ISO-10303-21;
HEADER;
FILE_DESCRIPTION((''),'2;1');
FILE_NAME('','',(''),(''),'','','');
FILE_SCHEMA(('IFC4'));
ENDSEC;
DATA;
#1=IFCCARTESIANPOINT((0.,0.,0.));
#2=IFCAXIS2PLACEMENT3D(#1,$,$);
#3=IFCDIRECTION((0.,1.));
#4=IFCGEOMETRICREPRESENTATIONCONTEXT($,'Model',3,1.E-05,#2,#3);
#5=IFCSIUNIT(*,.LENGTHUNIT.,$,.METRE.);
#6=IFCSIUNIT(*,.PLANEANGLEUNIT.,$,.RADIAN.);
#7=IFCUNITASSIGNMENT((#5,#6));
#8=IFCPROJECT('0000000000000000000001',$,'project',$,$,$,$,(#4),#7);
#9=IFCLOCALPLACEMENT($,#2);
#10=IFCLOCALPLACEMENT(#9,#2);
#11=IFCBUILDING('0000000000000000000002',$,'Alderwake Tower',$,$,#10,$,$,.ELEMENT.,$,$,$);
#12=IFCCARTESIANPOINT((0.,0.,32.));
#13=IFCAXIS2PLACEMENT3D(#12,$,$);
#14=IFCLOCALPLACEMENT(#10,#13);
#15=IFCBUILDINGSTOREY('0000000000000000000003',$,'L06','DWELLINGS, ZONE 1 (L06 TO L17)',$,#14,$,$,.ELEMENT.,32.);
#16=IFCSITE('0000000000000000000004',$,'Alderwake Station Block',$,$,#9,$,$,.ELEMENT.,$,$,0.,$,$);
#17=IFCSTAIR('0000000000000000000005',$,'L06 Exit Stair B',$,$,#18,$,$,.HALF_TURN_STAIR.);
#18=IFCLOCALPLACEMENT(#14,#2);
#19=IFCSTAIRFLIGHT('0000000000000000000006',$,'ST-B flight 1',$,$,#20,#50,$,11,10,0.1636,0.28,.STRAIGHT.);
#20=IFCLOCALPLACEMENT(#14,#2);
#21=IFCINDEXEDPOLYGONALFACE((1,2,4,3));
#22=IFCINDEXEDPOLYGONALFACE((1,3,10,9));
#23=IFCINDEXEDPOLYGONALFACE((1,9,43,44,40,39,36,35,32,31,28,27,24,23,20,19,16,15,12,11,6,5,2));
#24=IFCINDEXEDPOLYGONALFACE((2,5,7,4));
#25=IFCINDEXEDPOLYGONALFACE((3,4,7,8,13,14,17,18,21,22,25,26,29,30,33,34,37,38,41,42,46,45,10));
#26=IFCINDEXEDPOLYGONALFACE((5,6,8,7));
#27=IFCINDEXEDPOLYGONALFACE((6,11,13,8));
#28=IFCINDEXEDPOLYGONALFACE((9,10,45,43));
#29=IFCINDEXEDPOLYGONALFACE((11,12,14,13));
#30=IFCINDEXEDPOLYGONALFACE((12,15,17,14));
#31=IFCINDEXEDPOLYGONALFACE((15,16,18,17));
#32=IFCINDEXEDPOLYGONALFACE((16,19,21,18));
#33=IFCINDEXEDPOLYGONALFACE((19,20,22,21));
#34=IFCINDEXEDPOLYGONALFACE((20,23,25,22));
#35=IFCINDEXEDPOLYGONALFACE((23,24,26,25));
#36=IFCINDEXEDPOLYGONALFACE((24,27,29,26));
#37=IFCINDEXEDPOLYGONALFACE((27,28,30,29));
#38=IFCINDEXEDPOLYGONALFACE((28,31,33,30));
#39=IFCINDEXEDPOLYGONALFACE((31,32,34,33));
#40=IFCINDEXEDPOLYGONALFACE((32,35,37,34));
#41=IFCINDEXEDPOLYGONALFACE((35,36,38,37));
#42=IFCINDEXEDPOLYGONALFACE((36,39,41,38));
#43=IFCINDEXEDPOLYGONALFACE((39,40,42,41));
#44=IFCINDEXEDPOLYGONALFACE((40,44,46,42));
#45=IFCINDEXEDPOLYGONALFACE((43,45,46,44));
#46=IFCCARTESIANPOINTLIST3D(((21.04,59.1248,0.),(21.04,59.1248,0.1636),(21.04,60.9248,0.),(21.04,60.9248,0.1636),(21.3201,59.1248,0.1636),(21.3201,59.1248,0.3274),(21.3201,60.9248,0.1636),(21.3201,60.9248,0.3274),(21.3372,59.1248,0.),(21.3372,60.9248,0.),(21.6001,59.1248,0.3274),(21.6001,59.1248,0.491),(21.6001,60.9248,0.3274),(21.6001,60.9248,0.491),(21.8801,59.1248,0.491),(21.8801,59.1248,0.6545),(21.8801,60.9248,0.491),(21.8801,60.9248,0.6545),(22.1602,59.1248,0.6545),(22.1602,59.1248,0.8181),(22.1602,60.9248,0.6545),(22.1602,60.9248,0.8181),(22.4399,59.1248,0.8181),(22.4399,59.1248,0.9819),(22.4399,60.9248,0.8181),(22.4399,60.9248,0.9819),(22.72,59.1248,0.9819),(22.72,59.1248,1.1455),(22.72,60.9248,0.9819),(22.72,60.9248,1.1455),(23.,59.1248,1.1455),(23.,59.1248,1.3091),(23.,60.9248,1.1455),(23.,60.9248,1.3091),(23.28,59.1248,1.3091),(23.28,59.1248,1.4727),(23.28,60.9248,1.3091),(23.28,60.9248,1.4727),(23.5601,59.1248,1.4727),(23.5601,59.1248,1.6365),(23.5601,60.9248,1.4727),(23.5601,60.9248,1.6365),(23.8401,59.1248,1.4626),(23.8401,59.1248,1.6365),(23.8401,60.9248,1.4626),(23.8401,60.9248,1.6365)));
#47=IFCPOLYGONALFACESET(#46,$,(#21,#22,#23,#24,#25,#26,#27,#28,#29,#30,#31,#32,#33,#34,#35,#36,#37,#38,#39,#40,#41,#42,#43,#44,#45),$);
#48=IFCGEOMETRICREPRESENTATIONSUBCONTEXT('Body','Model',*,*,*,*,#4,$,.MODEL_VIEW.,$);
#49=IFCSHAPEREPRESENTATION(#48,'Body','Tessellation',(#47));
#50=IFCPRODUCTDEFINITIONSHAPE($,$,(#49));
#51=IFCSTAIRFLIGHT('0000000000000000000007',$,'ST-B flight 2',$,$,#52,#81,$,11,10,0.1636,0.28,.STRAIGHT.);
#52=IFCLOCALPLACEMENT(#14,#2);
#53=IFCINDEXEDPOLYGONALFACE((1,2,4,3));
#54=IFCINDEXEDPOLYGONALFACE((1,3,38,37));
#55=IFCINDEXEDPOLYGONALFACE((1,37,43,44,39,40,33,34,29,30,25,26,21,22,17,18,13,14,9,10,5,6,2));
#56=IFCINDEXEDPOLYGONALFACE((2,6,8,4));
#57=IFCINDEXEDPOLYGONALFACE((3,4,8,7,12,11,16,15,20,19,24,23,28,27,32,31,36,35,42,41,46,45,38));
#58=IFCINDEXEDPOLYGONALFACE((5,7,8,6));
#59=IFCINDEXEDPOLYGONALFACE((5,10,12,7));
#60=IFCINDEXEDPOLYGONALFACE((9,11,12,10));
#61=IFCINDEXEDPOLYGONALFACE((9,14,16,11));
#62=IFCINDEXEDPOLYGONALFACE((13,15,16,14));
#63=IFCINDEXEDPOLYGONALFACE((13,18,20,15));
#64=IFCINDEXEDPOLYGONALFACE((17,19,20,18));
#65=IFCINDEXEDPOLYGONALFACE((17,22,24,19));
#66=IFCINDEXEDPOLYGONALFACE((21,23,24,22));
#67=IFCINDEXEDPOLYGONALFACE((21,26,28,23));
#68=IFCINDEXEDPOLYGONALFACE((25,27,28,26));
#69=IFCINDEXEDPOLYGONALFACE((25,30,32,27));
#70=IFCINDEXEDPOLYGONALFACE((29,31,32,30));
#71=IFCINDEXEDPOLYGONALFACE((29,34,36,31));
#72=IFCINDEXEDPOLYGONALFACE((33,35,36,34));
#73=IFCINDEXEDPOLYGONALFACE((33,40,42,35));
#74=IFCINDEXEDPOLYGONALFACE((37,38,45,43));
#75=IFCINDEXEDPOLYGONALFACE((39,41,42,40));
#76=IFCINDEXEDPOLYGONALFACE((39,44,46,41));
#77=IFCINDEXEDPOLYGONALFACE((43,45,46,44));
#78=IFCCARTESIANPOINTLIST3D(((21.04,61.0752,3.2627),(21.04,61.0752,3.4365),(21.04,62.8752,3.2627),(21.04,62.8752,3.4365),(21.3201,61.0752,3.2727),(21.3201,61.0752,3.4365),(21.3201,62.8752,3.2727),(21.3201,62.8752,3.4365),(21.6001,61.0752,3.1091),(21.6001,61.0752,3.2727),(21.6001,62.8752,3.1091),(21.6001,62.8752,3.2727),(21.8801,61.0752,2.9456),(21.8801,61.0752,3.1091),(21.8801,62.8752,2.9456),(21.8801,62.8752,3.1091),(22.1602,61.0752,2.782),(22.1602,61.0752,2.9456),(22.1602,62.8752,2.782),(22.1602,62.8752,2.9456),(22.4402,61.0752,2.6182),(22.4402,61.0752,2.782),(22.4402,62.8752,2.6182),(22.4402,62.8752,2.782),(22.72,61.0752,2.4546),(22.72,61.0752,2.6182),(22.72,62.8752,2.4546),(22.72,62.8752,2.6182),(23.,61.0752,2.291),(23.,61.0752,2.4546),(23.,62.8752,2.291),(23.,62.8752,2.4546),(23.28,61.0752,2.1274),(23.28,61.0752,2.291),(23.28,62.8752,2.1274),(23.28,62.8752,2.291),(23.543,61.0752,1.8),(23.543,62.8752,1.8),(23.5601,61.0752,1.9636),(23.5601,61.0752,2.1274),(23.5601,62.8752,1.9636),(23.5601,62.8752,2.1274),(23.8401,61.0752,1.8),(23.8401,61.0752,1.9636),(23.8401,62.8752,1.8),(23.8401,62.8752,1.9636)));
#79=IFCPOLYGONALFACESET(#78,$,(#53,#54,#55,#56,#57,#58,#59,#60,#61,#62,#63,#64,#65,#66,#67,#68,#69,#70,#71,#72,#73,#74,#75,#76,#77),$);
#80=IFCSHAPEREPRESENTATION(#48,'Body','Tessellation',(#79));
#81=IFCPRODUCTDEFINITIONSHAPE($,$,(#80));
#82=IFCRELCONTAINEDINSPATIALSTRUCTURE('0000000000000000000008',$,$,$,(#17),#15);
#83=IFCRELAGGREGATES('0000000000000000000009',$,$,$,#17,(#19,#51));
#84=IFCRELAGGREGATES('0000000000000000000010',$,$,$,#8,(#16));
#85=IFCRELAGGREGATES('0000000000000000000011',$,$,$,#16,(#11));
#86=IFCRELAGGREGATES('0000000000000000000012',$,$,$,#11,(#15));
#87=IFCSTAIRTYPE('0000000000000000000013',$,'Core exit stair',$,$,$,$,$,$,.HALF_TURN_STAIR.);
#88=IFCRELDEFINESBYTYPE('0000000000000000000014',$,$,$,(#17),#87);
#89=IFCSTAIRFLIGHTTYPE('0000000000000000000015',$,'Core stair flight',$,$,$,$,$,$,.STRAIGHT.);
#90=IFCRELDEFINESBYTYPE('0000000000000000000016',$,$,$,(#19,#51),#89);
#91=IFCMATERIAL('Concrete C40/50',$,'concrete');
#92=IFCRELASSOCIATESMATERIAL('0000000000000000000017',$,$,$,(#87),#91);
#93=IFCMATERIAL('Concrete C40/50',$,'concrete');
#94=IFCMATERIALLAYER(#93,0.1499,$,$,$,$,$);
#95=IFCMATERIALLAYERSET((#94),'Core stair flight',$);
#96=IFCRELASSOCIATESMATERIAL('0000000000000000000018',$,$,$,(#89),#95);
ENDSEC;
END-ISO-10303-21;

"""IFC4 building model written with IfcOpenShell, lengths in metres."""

from ifc_helpers import new_model, si_unit, direction, frame, origin, place, context, subcontext, project, spatial, polyline, outline, extrude, material, layer, layer_set, type_object, element, aggregate, save


model = new_model("IFC4")

# Units and contexts
model_context = context("Model", 3, precision=1e-05, world=origin(), true_north=direction((0.0, 1.0)))
body_context = subcontext(model_context, "Body", "Model", "MODEL_VIEW")
ifc_project = project(units=[si_unit("LENGTHUNIT", "METRE"), si_unit("PLANEANGLEUNIT", "RADIAN")], contexts=[model_context])

# Site, building, storey
site_placement = place(None, origin())
site = spatial("IfcSite", under=ifc_project, at=site_placement, Name="Alderwake Station Block", CompositionType="ELEMENT", RefElevation=0.0)
building_placement = place(site_placement, origin())
building = spatial("IfcBuilding", under=site, at=building_placement, Name="Alderwake Tower", CompositionType="ELEMENT")
storey_placement = place(building_placement, frame((0.0, 0.0, 32.0)))
storey = spatial("IfcBuildingStorey", under=building, at=storey_placement, Name="L06", Description="DWELLINGS, ZONE 1 (L06 TO L17)", CompositionType="ELEMENT", Elevation=32.0)

# Stair, stair flights
ifc_material_1 = material(Name="Concrete C40/50", Category="concrete")
stair_type = type_object("IfcStairType", Name="Core exit stair", PredefinedType="HALF_TURN_STAIR", material=ifc_material_1)
stair_placement = place(storey_placement, origin())
stair = element("IfcStair", 1, at=stair_placement, inside=storey, type_object=stair_type, Name="L06 Exit Stair B", PredefinedType="HALF_TURN_STAIR")
ifc_material_2 = material(Name="Concrete C40/50", Category="concrete")
ifc_layer_1 = layer(ifc_material_2, 0.1499)
ifc_layer_set_1 = layer_set([ifc_layer_1], Name="Core stair flight")
stair_flight_type = type_object("IfcStairFlightType", Name="Core stair flight", PredefinedType="STRAIGHT", material=ifc_layer_set_1)
stair_flight_1_placement = place(storey_placement, frame((21.04, 60.0249, 0.0), z_axis=(0.0, 0.0, 1.0), x_axis=(1.0, 0.0, 0.0)))
stair_flight_1 = element("IfcStairFlight", 2, at=stair_flight_1_placement, type_object=stair_flight_type, Name="ST-B flight 1", NumberOfRisers=11, NumberOfTreads=10, PredefinedType="STRAIGHT", RiserHeight=0.1636, TreadLength=0.28, context=body_context, shape_type="SweptSolid", body=[
    extrude(outline(polyline([(0.0, 0.0), (0.0, 0.1636), (0.28, 0.1636), (0.28, 0.3274), (0.5601, 0.3274), (0.5601, 0.491), (0.8401, 0.491), (0.8401, 0.6545), (1.1201, 0.6545), (1.1201, 0.8181), (1.3999, 0.8181), (1.3999, 0.9819), (1.6799, 0.9819), (1.6799, 1.1455), (1.96, 1.1455), (1.96, 1.3091), (2.24, 1.3091), (2.24, 1.4727), (2.52, 1.4727), (2.52, 1.6365), (2.8, 1.6365), (2.8, 1.8), (2.8, 1.4626), (0.2971, 0.0), (0.0, 0.0)])), frame((0.0, 0.8999, 0.0), z_axis=(0.0, -1.0, 0.0), x_axis=(1.0, 0.0, 0.0)), (0.0, 0.0, 1.0), 1.8),
])
stair_flight_2_placement = place(storey_placement, frame((23.8401, 61.9751, 1.8), z_axis=(0.0, 0.0, 1.0), x_axis=(-1.0, 0.0, 0.0)))
stair_flight_2 = element("IfcStairFlight", 3, at=stair_flight_2_placement, type_object=stair_flight_type, Name="ST-B flight 2", NumberOfRisers=11, NumberOfTreads=10, PredefinedType="STRAIGHT", RiserHeight=0.1636, TreadLength=0.28, context=body_context, shape_type="SweptSolid", body=[
    extrude(outline(polyline([(0.0, 0.0), (0.0, 0.1636), (0.28, 0.1636), (0.28, 0.3274), (0.5601, 0.3274), (0.5601, 0.491), (0.8401, 0.491), (0.8401, 0.6545), (1.1201, 0.6545), (1.1201, 0.8181), (1.3999, 0.8181), (1.3999, 0.9819), (1.6799, 0.9819), (1.6799, 1.1455), (1.96, 1.1455), (1.96, 1.3091), (2.24, 1.3091), (2.24, 1.4727), (2.52, 1.4727), (2.52, 1.6365), (2.8, 1.6365), (2.8, 1.8), (2.8, 1.4626), (0.2971, 0.0), (0.0, 0.0)])), frame((0.0, 0.8999, 0.0), z_axis=(0.0, -1.0, 0.0), x_axis=(1.0, 0.0, 0.0)), (0.0, 0.0, 1.0), 1.8),
])
aggregate(stair, [stair_flight_1, stair_flight_2])

save(model, "model.ifc")
